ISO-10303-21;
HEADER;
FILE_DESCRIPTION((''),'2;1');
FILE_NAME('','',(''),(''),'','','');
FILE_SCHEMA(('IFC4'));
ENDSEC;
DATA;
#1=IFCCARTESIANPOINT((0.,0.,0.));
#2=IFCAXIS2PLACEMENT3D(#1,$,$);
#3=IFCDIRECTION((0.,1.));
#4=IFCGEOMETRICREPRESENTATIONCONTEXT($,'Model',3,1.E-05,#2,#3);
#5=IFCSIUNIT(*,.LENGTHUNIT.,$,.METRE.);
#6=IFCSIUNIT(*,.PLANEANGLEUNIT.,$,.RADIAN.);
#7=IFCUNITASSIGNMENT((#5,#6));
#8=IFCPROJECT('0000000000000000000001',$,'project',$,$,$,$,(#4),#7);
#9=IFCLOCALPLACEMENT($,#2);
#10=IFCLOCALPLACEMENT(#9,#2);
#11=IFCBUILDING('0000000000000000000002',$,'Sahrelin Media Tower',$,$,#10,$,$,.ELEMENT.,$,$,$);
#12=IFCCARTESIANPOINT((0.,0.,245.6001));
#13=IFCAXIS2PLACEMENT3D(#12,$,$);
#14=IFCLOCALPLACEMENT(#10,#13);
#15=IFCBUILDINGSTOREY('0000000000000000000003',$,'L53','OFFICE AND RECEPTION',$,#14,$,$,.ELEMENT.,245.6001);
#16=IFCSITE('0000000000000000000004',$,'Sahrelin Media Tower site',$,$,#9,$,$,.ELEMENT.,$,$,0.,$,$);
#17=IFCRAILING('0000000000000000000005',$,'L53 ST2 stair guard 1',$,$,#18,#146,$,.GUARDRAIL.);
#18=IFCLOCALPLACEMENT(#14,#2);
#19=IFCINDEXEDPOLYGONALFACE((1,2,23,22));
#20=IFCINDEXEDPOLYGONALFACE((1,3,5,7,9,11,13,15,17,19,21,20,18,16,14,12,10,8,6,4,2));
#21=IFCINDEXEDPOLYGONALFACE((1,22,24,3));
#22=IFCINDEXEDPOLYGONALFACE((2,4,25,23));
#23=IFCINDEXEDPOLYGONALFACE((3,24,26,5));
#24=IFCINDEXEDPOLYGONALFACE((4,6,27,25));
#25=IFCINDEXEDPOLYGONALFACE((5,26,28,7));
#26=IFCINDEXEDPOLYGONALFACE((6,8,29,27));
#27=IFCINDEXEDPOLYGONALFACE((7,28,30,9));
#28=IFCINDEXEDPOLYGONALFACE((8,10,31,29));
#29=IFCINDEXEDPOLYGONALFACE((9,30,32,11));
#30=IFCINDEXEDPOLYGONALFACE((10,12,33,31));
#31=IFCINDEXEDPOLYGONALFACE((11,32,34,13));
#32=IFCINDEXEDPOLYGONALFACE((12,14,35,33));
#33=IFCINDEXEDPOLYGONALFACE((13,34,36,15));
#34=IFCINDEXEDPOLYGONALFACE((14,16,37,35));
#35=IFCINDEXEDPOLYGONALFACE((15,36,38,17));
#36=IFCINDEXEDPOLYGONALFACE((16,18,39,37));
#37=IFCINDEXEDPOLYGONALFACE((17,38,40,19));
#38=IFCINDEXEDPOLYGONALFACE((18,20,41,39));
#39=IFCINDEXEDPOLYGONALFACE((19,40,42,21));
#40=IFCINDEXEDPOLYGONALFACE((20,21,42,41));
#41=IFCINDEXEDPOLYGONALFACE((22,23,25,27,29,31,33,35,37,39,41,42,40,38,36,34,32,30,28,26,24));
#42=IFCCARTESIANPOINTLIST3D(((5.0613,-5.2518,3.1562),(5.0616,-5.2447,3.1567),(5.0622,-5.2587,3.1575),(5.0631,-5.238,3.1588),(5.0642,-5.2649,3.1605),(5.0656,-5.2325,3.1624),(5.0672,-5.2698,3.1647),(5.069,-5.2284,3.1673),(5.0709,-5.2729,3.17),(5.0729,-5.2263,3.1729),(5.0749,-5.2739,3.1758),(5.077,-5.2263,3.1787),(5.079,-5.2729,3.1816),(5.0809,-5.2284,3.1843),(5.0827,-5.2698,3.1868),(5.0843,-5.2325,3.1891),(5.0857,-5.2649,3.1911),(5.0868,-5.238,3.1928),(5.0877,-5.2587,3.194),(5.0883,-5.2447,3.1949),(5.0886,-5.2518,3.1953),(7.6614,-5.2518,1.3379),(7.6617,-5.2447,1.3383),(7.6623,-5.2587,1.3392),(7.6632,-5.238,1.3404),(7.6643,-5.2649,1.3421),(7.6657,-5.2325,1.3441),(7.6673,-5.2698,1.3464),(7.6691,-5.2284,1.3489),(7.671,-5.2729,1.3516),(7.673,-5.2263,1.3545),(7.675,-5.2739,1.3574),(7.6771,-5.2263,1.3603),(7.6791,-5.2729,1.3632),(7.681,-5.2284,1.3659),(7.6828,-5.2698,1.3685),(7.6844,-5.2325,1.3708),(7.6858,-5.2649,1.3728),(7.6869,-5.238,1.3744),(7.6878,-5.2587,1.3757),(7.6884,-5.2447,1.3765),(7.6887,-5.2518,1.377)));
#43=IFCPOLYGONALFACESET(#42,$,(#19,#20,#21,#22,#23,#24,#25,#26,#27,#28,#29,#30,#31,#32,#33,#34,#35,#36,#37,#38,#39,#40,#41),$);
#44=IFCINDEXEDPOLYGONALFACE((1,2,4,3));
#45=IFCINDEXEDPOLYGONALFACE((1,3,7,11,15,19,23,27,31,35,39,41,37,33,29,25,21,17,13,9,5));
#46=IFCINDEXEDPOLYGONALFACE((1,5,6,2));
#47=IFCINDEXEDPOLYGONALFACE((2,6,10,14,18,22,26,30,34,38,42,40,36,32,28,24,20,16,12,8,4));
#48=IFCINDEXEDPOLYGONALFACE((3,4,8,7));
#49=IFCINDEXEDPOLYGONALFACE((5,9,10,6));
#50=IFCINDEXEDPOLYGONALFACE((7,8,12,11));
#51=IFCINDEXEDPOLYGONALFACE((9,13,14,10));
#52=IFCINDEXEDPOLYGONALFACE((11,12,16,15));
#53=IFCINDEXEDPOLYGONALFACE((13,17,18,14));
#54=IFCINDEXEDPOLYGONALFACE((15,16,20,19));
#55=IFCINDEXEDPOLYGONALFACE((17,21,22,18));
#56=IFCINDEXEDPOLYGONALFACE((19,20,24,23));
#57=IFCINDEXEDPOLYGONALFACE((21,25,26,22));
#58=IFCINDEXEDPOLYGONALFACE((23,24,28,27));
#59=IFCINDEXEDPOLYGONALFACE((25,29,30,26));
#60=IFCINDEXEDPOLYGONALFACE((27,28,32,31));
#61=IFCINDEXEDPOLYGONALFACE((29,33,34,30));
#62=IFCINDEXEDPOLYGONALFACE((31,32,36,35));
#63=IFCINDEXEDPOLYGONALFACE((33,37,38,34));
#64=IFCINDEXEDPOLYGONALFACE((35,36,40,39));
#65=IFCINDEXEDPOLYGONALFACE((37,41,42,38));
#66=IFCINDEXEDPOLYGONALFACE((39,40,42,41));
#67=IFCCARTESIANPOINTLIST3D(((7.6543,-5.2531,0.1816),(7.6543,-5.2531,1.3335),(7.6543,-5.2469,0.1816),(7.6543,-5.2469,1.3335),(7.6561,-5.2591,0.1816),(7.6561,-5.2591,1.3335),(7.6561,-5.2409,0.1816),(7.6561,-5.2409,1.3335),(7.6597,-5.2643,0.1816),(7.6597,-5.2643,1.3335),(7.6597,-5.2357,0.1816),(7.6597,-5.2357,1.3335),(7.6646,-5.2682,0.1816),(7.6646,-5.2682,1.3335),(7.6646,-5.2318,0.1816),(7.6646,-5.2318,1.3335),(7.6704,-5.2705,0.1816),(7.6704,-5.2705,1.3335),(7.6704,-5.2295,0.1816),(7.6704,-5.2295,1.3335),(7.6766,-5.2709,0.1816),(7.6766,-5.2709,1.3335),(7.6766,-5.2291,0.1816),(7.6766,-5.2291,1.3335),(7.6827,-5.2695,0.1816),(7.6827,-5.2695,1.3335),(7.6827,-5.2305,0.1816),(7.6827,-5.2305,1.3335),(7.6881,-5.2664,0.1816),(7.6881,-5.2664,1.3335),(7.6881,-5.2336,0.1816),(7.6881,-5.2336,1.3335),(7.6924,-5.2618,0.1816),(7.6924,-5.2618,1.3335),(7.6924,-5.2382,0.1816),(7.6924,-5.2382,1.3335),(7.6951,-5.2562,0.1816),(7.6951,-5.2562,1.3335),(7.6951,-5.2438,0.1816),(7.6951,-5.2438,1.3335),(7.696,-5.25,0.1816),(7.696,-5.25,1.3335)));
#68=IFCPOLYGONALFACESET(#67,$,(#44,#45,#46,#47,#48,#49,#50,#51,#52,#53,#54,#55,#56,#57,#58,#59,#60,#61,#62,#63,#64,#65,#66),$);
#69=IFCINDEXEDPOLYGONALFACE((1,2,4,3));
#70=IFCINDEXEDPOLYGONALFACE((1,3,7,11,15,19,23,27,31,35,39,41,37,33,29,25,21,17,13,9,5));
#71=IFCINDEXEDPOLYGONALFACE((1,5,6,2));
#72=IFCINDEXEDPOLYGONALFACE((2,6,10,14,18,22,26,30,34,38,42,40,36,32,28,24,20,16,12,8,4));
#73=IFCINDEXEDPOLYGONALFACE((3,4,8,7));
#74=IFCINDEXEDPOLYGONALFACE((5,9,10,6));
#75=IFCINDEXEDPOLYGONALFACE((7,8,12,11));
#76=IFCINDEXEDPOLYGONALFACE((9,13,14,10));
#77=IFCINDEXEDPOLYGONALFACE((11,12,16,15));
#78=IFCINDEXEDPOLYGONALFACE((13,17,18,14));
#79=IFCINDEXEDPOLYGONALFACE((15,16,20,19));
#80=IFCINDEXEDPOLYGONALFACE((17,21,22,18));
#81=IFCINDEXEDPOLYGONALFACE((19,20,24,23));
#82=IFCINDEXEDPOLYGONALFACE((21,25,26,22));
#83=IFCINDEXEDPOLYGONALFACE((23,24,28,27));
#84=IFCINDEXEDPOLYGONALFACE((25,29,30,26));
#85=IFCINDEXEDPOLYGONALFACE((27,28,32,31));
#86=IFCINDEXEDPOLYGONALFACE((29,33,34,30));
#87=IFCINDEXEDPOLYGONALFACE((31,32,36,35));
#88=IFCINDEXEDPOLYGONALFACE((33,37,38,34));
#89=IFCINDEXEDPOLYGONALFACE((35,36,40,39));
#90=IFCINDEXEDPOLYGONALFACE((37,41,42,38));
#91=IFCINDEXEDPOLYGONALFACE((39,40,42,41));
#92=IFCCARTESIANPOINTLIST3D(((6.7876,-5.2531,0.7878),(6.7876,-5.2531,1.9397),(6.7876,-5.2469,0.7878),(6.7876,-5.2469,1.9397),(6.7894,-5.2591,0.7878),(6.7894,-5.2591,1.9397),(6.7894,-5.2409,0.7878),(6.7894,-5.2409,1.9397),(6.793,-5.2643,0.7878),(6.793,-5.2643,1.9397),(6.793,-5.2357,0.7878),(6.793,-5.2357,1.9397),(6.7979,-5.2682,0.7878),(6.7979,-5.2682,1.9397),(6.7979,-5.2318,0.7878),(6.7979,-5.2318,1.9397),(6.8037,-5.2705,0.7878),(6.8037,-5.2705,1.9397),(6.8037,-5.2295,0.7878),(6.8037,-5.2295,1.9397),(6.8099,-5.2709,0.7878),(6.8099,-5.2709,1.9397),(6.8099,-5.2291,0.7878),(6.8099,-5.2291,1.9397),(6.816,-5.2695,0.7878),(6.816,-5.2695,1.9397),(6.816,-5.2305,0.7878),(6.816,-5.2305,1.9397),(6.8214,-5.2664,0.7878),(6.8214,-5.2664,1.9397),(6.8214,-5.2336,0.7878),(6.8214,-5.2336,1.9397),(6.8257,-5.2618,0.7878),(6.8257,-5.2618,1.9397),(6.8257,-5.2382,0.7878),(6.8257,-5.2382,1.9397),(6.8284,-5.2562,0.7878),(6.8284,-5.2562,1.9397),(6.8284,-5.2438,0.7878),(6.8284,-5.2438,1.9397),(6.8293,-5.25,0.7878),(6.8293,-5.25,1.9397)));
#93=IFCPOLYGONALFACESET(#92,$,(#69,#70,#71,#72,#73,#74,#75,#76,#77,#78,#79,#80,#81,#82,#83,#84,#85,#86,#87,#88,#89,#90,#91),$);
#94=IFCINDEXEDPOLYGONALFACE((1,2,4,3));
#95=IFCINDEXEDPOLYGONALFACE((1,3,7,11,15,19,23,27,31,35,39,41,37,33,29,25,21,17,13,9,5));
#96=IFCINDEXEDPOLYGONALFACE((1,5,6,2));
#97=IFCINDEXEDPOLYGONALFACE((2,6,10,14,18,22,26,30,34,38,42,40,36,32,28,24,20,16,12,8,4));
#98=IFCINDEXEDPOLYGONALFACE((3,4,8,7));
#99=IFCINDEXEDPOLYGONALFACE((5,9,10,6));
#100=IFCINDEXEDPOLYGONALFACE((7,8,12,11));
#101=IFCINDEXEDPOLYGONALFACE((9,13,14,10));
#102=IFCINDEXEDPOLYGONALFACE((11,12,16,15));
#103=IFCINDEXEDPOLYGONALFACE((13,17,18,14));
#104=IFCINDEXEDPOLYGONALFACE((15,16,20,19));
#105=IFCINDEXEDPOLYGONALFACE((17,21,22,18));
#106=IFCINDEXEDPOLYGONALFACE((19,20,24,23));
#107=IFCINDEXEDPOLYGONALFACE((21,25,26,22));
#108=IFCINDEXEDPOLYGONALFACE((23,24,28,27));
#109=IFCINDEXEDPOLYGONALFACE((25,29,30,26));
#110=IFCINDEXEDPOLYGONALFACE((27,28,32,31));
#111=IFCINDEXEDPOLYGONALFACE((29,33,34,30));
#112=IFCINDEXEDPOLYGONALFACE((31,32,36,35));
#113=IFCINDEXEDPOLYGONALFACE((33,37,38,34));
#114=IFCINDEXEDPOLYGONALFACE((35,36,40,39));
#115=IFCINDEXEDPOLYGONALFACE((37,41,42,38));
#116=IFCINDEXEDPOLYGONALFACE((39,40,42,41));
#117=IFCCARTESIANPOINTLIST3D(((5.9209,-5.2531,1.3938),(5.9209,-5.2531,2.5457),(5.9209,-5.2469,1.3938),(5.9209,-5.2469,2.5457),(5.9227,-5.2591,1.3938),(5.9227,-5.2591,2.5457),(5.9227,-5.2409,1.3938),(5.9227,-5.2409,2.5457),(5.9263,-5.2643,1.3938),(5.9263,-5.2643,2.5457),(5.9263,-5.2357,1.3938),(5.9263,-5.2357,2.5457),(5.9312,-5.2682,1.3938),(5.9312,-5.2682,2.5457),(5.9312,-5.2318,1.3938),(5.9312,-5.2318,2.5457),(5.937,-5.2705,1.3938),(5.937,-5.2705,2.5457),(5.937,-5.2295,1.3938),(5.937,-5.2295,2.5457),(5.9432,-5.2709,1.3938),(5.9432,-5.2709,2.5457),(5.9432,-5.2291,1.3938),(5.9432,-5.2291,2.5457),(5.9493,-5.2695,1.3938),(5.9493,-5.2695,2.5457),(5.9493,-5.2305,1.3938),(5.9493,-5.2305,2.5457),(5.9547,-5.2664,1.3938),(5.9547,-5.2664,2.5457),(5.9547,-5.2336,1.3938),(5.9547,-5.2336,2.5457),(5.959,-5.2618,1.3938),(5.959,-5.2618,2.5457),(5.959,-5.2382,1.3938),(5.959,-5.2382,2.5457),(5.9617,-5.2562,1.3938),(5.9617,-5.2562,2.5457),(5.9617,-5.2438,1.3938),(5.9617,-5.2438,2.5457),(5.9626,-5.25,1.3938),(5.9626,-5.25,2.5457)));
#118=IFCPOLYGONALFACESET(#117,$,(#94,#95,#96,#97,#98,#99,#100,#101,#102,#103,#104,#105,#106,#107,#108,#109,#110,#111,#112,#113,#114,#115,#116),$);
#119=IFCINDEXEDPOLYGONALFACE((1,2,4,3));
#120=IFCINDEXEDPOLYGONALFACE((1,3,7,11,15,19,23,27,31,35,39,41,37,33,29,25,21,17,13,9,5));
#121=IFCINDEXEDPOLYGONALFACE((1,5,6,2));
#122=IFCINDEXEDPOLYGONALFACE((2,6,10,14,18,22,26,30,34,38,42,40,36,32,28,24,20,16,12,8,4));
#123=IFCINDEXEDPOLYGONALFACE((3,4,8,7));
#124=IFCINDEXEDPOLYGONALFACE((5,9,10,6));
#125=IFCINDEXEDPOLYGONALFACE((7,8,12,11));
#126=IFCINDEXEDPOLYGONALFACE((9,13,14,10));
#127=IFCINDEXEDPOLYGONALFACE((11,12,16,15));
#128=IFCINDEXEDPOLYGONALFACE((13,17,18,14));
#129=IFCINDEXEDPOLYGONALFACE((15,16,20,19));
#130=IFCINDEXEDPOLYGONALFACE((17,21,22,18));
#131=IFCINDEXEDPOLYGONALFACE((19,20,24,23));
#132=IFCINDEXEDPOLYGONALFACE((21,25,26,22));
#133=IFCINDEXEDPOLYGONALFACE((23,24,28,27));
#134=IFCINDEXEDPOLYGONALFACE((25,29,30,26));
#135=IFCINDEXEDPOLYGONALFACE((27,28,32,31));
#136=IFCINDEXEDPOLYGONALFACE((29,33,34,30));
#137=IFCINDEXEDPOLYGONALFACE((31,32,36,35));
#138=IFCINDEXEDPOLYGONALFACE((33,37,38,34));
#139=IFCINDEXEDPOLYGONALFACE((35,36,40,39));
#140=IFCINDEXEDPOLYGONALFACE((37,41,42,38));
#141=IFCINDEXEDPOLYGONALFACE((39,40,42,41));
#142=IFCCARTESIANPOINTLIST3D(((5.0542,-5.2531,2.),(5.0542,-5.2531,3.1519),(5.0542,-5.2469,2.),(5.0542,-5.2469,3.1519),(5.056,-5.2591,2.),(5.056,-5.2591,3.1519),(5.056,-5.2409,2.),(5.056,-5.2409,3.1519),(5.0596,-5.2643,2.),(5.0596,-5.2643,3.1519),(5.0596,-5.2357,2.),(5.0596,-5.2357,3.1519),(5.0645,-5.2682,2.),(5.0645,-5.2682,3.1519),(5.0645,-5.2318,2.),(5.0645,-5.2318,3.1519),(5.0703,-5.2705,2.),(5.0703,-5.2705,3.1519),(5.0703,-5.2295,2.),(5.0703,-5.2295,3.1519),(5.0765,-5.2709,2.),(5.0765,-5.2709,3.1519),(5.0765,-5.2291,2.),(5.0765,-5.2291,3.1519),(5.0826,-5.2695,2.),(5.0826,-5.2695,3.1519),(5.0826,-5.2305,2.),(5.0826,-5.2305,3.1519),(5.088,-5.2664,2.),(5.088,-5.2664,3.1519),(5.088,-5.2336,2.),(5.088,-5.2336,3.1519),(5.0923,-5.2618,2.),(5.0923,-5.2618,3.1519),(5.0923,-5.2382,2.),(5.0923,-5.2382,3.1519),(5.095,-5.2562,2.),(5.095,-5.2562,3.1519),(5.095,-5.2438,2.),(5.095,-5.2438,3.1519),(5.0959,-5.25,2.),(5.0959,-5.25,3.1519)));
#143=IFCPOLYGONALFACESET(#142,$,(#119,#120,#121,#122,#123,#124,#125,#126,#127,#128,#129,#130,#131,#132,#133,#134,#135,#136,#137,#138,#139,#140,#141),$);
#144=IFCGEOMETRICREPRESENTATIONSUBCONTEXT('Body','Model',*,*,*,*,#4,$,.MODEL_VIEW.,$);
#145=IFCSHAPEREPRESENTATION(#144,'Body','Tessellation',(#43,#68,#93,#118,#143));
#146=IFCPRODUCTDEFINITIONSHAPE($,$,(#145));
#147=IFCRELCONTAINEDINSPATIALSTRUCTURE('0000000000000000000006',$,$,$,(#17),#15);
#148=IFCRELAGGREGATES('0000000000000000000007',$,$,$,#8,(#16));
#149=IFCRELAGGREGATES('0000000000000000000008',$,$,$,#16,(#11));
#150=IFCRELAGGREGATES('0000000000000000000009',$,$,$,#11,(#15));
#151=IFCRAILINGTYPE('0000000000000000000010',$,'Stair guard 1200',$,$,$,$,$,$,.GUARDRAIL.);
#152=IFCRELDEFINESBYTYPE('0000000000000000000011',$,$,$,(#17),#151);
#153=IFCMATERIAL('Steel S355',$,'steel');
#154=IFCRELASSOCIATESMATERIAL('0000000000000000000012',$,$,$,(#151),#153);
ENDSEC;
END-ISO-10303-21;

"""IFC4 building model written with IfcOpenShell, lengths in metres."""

from ifc_helpers import new_model, si_unit, direction, frame, origin, origin_2d, place, context, subcontext, project, spatial, circle, extrude, material, type_object, element, save


model = new_model("IFC4")

# Units and contexts
model_context = context("Model", 3, precision=1e-05, world=origin(), true_north=direction((0.0, 1.0)))
body_context = subcontext(model_context, "Body", "Model", "MODEL_VIEW")
ifc_project = project(units=[si_unit("LENGTHUNIT", "METRE"), si_unit("PLANEANGLEUNIT", "RADIAN")], contexts=[model_context])

# Site, building, storey
site_placement = place(None, origin())
site = spatial("IfcSite", under=ifc_project, at=site_placement, Name="Sahrelin Media Tower site", CompositionType="ELEMENT", RefElevation=0.0)
building_placement = place(site_placement, origin())
building = spatial("IfcBuilding", under=site, at=building_placement, Name="Sahrelin Media Tower", CompositionType="ELEMENT")
storey_placement = place(building_placement, frame((0.0, 0.0, 245.6001)))
storey = spatial("IfcBuildingStorey", under=building, at=storey_placement, Name="L53", Description="OFFICE AND RECEPTION", CompositionType="ELEMENT", Elevation=245.6001)

# Shared definitions
ifc_material_1 = material(Name="Steel S355", Category="steel")

# Railing
railing_type_1 = type_object("IfcRailingType", Name="Stair guard 1200", PredefinedType="GUARDRAIL", material=ifc_material_1)
railing_1_placement = place(storey_placement, frame((7.675, -5.25, 0.1816)))
element("IfcRailing", 1, at=railing_1_placement, inside=storey, type_object=railing_type_1, Name="L53 ST2 stair guard 1", PredefinedType="GUARDRAIL", context=body_context, shape_type="SweptSolid", body=[
    extrude(circle(Radius=0.0239, at=origin_2d()), frame((0.0, 0.0, 1.1758), z_axis=(-0.819485, 0.0, 0.573101), x_axis=(0.0, -1.0, 0.0)), (0.0, 0.0, 1.0), 3.1729),
    extrude(circle(Radius=0.021, at=origin_2d()), origin(), (0.0, 0.0, 1.0), 1.1519),
    extrude(circle(Radius=0.021, at=origin_2d()), frame((-0.8667, 0.0, 0.6062)), (0.0, 0.0, 1.0), 1.1519),
    extrude(circle(Radius=0.021, at=origin_2d()), frame((-1.7334, 0.0, 1.2122)), (0.0, 0.0, 1.0), 1.1519),
    extrude(circle(Radius=0.021, at=origin_2d()), frame((-2.6001, 0.0, 1.8184)), (0.0, 0.0, 1.0), 1.1519),
])

save(model, "model.ifc")
